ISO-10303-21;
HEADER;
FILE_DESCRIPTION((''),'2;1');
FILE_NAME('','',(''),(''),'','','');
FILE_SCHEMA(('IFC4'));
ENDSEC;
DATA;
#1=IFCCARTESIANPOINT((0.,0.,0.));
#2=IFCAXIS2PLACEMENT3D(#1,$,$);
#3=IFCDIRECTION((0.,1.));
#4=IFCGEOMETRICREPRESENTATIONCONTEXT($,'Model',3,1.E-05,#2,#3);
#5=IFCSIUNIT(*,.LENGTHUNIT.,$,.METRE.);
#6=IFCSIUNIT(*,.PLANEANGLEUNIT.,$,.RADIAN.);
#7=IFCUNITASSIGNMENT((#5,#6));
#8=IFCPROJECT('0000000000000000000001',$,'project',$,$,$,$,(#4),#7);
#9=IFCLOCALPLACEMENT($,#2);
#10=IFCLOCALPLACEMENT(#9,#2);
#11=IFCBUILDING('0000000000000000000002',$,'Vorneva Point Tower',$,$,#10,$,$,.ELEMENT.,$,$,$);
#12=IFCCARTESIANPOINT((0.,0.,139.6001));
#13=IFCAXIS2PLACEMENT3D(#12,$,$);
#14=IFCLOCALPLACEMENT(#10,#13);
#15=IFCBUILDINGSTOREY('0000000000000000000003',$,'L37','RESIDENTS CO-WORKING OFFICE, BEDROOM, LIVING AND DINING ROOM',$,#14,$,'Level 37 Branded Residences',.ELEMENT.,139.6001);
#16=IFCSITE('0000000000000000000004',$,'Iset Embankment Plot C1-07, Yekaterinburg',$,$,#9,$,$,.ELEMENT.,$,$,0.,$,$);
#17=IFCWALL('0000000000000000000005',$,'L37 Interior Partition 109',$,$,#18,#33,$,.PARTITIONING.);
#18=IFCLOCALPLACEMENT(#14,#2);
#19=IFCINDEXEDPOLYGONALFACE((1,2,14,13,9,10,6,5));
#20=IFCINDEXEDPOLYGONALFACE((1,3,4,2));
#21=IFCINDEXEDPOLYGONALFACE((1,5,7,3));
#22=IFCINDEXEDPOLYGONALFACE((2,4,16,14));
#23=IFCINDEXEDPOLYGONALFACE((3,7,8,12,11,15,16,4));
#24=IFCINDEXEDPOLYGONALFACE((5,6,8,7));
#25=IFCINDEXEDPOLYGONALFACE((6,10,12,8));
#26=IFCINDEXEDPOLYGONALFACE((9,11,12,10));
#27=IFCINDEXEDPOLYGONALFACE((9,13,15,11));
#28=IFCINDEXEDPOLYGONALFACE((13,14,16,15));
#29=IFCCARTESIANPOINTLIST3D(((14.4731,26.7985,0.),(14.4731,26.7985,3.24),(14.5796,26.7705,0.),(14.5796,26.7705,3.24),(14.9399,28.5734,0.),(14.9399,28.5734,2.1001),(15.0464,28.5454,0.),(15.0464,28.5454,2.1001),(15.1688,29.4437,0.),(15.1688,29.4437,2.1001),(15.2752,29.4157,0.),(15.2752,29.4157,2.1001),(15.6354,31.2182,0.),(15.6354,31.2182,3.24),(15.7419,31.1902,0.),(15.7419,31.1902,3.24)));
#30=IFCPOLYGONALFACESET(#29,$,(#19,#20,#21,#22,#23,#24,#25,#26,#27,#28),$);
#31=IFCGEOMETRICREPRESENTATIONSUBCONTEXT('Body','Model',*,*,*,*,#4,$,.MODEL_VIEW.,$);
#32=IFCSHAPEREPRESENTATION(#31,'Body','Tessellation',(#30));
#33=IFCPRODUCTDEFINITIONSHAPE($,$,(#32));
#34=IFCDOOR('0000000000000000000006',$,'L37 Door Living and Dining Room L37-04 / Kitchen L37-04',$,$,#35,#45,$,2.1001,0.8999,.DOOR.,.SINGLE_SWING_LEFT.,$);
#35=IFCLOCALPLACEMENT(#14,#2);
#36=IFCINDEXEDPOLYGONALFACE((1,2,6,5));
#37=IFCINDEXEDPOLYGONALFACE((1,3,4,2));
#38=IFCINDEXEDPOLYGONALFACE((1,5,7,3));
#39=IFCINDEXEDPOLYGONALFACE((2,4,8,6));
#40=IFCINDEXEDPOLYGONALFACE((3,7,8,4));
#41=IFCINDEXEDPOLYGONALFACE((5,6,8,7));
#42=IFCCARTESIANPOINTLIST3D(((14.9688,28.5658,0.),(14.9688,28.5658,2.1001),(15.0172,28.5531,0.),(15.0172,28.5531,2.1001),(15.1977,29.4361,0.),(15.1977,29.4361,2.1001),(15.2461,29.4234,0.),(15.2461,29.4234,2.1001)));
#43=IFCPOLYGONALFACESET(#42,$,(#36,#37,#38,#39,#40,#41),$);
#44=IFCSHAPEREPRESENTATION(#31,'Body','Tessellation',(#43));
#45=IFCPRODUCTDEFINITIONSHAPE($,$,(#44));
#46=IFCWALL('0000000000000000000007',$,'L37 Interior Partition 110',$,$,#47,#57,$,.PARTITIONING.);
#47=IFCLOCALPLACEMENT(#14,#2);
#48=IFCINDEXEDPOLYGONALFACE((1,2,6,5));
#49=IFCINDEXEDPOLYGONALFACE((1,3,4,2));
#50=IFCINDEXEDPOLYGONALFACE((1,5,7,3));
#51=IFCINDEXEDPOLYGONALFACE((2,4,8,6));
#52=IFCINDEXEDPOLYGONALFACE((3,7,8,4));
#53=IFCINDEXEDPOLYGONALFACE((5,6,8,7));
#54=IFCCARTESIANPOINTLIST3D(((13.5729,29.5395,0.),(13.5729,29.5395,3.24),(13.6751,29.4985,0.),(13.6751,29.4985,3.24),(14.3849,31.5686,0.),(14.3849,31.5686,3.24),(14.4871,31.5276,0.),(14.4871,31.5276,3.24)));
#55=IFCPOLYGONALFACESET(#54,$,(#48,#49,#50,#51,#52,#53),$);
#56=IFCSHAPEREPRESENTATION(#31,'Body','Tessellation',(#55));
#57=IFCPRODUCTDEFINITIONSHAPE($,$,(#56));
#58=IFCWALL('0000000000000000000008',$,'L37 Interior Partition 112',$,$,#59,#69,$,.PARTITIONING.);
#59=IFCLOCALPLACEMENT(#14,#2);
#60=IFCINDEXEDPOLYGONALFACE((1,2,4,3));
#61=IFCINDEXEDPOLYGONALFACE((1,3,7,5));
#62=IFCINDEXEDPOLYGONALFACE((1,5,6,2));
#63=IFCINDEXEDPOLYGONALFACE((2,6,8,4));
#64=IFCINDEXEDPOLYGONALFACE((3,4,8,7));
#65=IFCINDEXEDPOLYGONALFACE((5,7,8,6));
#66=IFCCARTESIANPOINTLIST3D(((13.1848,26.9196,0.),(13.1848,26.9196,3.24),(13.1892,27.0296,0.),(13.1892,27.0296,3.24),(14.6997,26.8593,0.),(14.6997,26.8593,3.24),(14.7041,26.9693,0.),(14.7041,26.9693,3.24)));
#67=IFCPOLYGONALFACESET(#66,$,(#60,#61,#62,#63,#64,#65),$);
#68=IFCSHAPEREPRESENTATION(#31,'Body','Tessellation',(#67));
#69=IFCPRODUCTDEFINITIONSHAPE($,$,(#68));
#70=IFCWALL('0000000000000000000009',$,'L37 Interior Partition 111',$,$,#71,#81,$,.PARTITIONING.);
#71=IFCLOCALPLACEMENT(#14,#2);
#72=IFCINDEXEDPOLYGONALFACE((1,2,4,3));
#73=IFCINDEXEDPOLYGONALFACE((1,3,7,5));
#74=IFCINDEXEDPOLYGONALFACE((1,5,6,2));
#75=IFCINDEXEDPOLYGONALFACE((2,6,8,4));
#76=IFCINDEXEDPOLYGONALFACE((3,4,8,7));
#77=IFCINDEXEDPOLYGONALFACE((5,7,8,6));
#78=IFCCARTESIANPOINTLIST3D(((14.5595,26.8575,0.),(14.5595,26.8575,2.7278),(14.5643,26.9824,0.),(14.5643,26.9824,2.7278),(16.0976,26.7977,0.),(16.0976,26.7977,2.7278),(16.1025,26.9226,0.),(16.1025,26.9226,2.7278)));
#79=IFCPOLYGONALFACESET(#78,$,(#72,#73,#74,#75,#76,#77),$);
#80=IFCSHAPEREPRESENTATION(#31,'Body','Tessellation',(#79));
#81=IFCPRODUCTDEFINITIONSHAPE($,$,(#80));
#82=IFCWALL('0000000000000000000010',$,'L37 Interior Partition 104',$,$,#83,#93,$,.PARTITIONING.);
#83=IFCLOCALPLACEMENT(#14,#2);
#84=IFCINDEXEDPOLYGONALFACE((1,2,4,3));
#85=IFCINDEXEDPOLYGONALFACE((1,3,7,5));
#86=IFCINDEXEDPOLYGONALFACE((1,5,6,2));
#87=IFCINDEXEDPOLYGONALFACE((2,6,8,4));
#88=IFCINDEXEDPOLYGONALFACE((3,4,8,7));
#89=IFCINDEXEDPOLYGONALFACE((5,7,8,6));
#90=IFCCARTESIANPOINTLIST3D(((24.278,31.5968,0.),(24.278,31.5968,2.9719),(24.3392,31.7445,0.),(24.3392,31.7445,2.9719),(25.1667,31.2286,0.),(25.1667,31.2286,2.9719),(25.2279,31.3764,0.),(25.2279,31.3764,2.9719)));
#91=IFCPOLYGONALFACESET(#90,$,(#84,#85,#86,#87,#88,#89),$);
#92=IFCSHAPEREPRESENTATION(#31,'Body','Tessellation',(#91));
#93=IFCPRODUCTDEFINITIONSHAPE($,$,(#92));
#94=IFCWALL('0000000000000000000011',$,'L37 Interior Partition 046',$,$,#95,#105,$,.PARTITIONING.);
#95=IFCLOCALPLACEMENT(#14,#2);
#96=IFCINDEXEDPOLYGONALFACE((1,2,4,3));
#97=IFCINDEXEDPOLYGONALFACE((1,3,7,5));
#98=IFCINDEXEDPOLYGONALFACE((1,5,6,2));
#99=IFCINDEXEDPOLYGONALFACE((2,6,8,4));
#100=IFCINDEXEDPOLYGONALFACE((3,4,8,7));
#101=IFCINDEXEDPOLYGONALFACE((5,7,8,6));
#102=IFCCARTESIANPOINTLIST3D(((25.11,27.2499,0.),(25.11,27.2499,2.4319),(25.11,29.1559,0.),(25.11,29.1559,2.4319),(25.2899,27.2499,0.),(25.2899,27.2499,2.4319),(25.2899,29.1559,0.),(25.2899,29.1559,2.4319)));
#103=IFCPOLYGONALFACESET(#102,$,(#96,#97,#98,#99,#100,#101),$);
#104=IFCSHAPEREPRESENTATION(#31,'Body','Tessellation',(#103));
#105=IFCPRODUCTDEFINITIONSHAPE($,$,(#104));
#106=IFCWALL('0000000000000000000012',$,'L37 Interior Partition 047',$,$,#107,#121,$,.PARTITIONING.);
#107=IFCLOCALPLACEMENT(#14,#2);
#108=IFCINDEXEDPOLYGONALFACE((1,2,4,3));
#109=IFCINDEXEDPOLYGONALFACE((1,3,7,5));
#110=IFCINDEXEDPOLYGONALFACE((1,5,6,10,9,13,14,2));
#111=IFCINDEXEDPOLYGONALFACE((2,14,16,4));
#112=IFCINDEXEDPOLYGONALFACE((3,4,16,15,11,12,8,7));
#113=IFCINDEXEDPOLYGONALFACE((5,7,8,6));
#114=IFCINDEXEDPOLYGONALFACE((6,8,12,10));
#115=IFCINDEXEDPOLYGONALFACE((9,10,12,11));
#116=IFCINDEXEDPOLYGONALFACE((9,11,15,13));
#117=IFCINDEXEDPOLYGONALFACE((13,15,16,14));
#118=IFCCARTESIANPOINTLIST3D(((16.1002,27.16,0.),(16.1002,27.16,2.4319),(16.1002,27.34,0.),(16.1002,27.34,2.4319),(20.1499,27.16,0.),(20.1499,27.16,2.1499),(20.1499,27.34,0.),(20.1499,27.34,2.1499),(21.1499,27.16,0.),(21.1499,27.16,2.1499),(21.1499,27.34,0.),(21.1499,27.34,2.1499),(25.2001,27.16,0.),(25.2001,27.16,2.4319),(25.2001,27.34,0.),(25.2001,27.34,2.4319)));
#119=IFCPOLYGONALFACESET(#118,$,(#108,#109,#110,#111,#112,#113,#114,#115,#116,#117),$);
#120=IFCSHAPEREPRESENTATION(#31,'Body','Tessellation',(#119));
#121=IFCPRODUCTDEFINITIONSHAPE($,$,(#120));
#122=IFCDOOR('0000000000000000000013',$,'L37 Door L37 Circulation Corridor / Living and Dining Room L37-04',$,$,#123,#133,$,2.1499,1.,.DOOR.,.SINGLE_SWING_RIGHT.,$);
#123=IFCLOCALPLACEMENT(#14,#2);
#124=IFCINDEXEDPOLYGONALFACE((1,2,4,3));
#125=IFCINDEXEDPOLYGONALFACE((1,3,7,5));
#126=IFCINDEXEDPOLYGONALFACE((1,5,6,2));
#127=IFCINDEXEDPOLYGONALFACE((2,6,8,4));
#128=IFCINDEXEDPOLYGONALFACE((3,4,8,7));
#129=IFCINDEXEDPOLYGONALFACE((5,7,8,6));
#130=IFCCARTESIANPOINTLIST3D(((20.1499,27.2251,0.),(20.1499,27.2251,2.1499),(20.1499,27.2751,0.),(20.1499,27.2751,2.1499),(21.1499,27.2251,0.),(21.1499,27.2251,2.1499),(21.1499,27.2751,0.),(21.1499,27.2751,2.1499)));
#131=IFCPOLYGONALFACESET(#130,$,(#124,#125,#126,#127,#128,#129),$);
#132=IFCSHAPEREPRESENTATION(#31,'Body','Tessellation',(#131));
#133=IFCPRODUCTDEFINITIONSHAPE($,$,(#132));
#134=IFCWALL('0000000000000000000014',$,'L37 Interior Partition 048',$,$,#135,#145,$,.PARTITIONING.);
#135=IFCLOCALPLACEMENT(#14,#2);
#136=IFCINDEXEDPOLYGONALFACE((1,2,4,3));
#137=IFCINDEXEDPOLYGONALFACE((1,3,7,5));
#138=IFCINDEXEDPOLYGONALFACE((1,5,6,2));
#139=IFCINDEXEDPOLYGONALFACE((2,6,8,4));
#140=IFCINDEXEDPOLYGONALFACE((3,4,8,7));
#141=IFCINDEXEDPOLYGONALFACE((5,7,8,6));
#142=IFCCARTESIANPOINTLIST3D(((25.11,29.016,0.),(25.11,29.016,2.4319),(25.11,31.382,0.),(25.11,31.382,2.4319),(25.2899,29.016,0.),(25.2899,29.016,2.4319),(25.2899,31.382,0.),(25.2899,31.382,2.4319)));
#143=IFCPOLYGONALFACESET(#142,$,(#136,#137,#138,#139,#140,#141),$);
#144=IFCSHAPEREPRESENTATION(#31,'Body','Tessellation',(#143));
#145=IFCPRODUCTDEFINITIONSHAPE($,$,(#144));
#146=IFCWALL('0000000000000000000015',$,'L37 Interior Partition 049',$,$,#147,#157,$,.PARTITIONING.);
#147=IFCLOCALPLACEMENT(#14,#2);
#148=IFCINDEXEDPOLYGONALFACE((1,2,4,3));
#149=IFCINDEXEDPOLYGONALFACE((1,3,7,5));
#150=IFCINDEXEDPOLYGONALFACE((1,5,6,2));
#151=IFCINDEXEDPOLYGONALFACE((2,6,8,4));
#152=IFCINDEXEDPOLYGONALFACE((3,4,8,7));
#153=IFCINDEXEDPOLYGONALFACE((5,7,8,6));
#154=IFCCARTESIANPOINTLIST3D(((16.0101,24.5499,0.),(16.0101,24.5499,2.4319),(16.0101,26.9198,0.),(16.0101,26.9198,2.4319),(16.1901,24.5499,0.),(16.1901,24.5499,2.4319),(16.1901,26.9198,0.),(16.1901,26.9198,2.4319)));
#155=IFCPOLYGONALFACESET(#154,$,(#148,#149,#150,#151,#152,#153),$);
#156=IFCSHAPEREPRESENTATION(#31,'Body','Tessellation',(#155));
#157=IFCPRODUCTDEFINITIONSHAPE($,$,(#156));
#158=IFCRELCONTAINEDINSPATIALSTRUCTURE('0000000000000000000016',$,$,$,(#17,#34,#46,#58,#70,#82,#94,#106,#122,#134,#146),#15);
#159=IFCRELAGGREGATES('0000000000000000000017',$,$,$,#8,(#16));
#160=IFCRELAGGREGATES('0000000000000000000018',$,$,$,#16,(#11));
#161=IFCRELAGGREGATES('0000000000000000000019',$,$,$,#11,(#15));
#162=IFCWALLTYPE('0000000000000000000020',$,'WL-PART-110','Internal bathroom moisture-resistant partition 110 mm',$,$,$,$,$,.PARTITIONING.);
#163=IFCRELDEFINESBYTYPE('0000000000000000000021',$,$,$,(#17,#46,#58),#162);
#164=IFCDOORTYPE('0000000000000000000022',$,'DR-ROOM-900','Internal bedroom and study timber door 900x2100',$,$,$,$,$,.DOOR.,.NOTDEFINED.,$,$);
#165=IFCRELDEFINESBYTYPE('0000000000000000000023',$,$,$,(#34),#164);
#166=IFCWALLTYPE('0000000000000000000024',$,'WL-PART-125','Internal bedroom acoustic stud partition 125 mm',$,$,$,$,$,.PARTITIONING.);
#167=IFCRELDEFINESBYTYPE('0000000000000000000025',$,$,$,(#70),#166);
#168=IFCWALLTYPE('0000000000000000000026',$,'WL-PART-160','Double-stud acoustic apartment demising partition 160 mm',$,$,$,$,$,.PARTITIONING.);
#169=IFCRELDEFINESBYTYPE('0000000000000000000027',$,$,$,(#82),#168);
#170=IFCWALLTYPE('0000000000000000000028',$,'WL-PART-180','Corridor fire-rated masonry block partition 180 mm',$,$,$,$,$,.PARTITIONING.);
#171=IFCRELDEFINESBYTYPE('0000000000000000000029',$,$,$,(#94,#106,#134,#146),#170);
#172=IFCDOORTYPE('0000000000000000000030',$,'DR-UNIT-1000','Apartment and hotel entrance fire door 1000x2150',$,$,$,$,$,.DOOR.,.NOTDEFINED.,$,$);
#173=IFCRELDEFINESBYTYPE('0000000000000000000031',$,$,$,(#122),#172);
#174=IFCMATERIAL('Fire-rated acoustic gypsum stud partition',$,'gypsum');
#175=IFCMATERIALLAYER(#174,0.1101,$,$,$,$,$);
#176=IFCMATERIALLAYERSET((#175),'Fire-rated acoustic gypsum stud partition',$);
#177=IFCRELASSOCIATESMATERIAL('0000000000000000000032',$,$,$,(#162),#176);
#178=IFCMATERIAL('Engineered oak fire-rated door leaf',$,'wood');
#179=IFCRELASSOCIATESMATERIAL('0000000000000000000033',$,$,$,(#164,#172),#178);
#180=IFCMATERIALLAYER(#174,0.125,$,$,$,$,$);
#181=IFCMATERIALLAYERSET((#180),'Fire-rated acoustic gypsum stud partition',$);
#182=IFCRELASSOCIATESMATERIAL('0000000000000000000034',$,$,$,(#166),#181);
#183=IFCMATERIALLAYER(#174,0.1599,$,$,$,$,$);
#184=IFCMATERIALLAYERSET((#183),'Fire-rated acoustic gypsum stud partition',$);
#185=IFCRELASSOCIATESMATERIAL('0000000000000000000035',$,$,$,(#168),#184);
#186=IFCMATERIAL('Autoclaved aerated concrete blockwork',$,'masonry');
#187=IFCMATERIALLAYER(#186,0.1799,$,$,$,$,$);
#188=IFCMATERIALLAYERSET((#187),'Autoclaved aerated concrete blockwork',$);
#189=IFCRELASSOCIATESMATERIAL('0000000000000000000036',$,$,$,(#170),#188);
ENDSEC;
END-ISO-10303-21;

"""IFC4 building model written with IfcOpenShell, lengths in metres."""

from ifc_helpers import new_model, si_unit, direction, frame, frame_2d, origin, place, context, subcontext, project, spatial, rectangle, extrude, material, layer, layer_set, type_object, element, fill, save


model = new_model("IFC4")

# Units and contexts
model_context = context("Model", 3, precision=1e-05, world=origin(), true_north=direction((0.0, 1.0)))
body_context = subcontext(model_context, "Body", "Model", "MODEL_VIEW")
ifc_project = project(units=[si_unit("LENGTHUNIT", "METRE"), si_unit("PLANEANGLEUNIT", "RADIAN")], contexts=[model_context])

# Site, building, storey
site_placement = place(None, origin())
site = spatial("IfcSite", under=ifc_project, at=site_placement, Name="Iset Embankment Plot C1-07, Yekaterinburg", CompositionType="ELEMENT", RefElevation=0.0)
building_placement = place(site_placement, origin())
building = spatial("IfcBuilding", under=site, at=building_placement, Name="Vorneva Point Tower", CompositionType="ELEMENT")
storey_placement = place(building_placement, frame((0.0, 0.0, 139.6001)))
storey = spatial("IfcBuildingStorey", under=building, at=storey_placement, Name="L37", Description="RESIDENTS CO-WORKING OFFICE, BEDROOM, LIVING AND DINING ROOM", LongName="Level 37 Branded Residences", CompositionType="ELEMENT", Elevation=139.6001)

# Shared definitions
ifc_material_1 = material(Name="Fire-rated acoustic gypsum stud partition", Category="gypsum")
ifc_layer_1 = layer(ifc_material_1, 0.1101)
ifc_layer_set_1 = layer_set([ifc_layer_1], Name="Fire-rated acoustic gypsum stud partition")
wall_type_1 = type_object("IfcWallType", Name="WL-PART-110", Description="Internal bathroom moisture-resistant partition 110 mm", PredefinedType="PARTITIONING", material=ifc_layer_set_1)
ifc_material_2 = material(Name="Engineered oak fire-rated door leaf", Category="wood")

# Wall, opening, door
wall_1_placement = place(storey_placement, frame((15.6887, 31.2043, 0.0), z_axis=(0.0, 0.0, 1.0), x_axis=(-0.254346, -0.967113, 0.0)))
wall_1 = element("IfcWall", 1, at=wall_1_placement, inside=storey, type_object=wall_type_1, Name="L37 Interior Partition 109", PredefinedType="PARTITIONING", context=body_context, shape_type="SweptSolid", body=[
    extrude(rectangle(XDim=4.5701, YDim=0.1101, at=frame_2d((2.2852, 0.0))), origin(), (0.0, 0.0, 1.0), 3.24),
])
opening_1_placement = place(wall_1_placement, frame((1.835, 0.0, 0.0)))
opening_1 = element("IfcOpeningElement", 2, at=opening_1_placement, cuts=wall_1, PredefinedType="OPENING", context=body_context, shape_type="SweptSolid", body=[
    extrude(rectangle(XDim=0.8999, YDim=2.1001, at=frame_2d((0.45, 1.05))), frame((0.0, 0.0698, 0.0), z_axis=(0.0, -1.0, 0.0), x_axis=(1.0, 0.0, 0.0)), (0.0, 0.0, 1.0), 0.1399),
])
door_type_1 = type_object("IfcDoorType", Name="DR-ROOM-900", Description="Internal bedroom and study timber door 900x2100", OperationType="NOTDEFINED", PredefinedType="DOOR", material=ifc_material_2)
door_1_placement = place(opening_1_placement, origin())
door_1 = element("IfcDoor", 3, at=door_1_placement, inside=storey, type_object=door_type_1, Name="L37 Door Living and Dining Room L37-04 / Kitchen L37-04", OperationType="SINGLE_SWING_LEFT", OverallHeight=2.1001, OverallWidth=0.8999, PredefinedType="DOOR", context=body_context, shape_type="SweptSolid", body=[
    extrude(rectangle(XDim=0.8999, YDim=2.1001, at=frame_2d((0.45, 1.05))), frame((0.0, 0.0249, 0.0), z_axis=(0.0, -1.0, 0.0), x_axis=(1.0, 0.0, 0.0)), (0.0, 0.0, 1.0), 0.05),
])
fill(opening_1, door_1)

# Walls
wall_2_placement = place(storey_placement, frame((14.436, 31.5481, 0.0), z_axis=(0.0, 0.0, 1.0), x_axis=(-0.371545, -0.928415, 0.0)))
element("IfcWall", 4, at=wall_2_placement, inside=storey, type_object=wall_type_1, Name="L37 Interior Partition 110", PredefinedType="PARTITIONING", context=body_context, shape_type="SweptSolid", body=[
    extrude(rectangle(XDim=2.1855, YDim=0.1101, at=frame_2d((1.0928, 0.0))), origin(), (0.0, 0.0, 1.0), 3.24),
])
wall_3_placement = place(storey_placement, frame((13.187, 26.9746, 0.0), z_axis=(0.0, 0.0, 1.0), x_axis=(0.999209, -0.039775, 0.0)))
element("IfcWall", 5, at=wall_3_placement, inside=storey, type_object=wall_type_1, Name="L37 Interior Partition 112", PredefinedType="PARTITIONING", context=body_context, shape_type="SweptSolid", body=[
    extrude(rectangle(XDim=1.5161, YDim=0.1101, at=frame_2d((0.7581, 0.0))), origin(), (0.0, 0.0, 1.0), 3.24),
])
ifc_layer_2 = layer(ifc_material_1, 0.125)
ifc_layer_set_2 = layer_set([ifc_layer_2], Name="Fire-rated acoustic gypsum stud partition")
wall_type_2 = type_object("IfcWallType", Name="WL-PART-125", Description="Internal bedroom acoustic stud partition 125 mm", PredefinedType="PARTITIONING", material=ifc_layer_set_2)
wall_4_placement = place(storey_placement, frame((14.562, 26.9199, 0.0), z_axis=(0.0, 0.0, 1.0), x_axis=(0.999245, -0.03886, 0.0)))
element("IfcWall", 6, at=wall_4_placement, inside=storey, type_object=wall_type_2, Name="L37 Interior Partition 111", PredefinedType="PARTITIONING", context=body_context, shape_type="SweptSolid", body=[
    extrude(rectangle(XDim=1.5393, YDim=0.125, at=frame_2d((0.7695, 0.0))), origin(), (0.0, 0.0, 1.0), 2.7278),
])
ifc_layer_3 = layer(ifc_material_1, 0.1599)
ifc_layer_set_3 = layer_set([ifc_layer_3], Name="Fire-rated acoustic gypsum stud partition")
wall_type_3 = type_object("IfcWallType", Name="WL-PART-160", Description="Double-stud acoustic apartment demising partition 160 mm", PredefinedType="PARTITIONING", material=ifc_layer_set_3)
wall_5_placement = place(storey_placement, frame((24.3086, 31.6707, 0.0), z_axis=(0.0, 0.0, 1.0), x_axis=(0.923856, -0.38274, 0.0)))
element("IfcWall", 7, at=wall_5_placement, inside=storey, type_object=wall_type_3, Name="L37 Interior Partition 104", PredefinedType="PARTITIONING", context=body_context, shape_type="SweptSolid", body=[
    extrude(rectangle(XDim=0.9619, YDim=0.1599, at=frame_2d((0.481, 0.0))), origin(), (0.0, 0.0, 1.0), 2.9719),
])
ifc_material_3 = material(Name="Autoclaved aerated concrete blockwork", Category="masonry")
ifc_layer_4 = layer(ifc_material_3, 0.1799)
ifc_layer_set_4 = layer_set([ifc_layer_4], Name="Autoclaved aerated concrete blockwork")
wall_type_4 = type_object("IfcWallType", Name="WL-PART-180", Description="Corridor fire-rated masonry block partition 180 mm", PredefinedType="PARTITIONING", material=ifc_layer_set_4)
wall_6_placement = place(storey_placement, frame((25.2, 29.156, 0.0), z_axis=(0.0, 0.0, 1.0), x_axis=(0.0, -1.0, 0.0)))
element("IfcWall", 8, at=wall_6_placement, inside=storey, type_object=wall_type_4, Name="L37 Interior Partition 046", PredefinedType="PARTITIONING", context=body_context, shape_type="SweptSolid", body=[
    extrude(rectangle(XDim=1.906, YDim=0.1799, at=frame_2d((0.9531, 0.0))), origin(), (0.0, 0.0, 1.0), 2.4319),
])

# Wall, opening, door
wall_7_placement = place(storey_placement, frame((25.2, 27.25, 0.0), z_axis=(0.0, 0.0, 1.0), x_axis=(-1.0, 0.0, 0.0)))
wall_7 = element("IfcWall", 9, at=wall_7_placement, inside=storey, type_object=wall_type_4, Name="L37 Interior Partition 047", PredefinedType="PARTITIONING", context=body_context, shape_type="SweptSolid", body=[
    extrude(rectangle(XDim=9.0999, YDim=0.1799, at=frame_2d((4.5498, 0.0))), origin(), (0.0, 0.0, 1.0), 2.4319),
])
opening_2_placement = place(wall_7_placement, frame((4.05, 0.0, 0.0)))
opening_2 = element("IfcOpeningElement", 10, at=opening_2_placement, cuts=wall_7, PredefinedType="OPENING", context=body_context, shape_type="SweptSolid", body=[
    extrude(rectangle(XDim=1.0, YDim=2.1499, at=frame_2d((0.5, 1.075))), frame((0.0, 0.105, 0.0), z_axis=(0.0, -1.0, 0.0), x_axis=(1.0, 0.0, 0.0)), (0.0, 0.0, 1.0), 0.2097),
])
door_type_2 = type_object("IfcDoorType", Name="DR-UNIT-1000", Description="Apartment and hotel entrance fire door 1000x2150", OperationType="NOTDEFINED", PredefinedType="DOOR", material=ifc_material_2)
door_2_placement = place(opening_2_placement, origin())
door_2 = element("IfcDoor", 11, at=door_2_placement, inside=storey, type_object=door_type_2, Name="L37 Door L37 Circulation Corridor / Living and Dining Room L37-04", OperationType="SINGLE_SWING_RIGHT", OverallHeight=2.1499, OverallWidth=1.0, PredefinedType="DOOR", context=body_context, shape_type="SweptSolid", body=[
    extrude(rectangle(XDim=1.0, YDim=2.1499, at=frame_2d((0.5, 1.075))), frame((0.0, 0.0249, 0.0), z_axis=(0.0, -1.0, 0.0), x_axis=(1.0, 0.0, 0.0)), (0.0, 0.0, 1.0), 0.05),
])
fill(opening_2, door_2)

# Walls
wall_8_placement = place(storey_placement, frame((25.2, 31.3821, 0.0), z_axis=(0.0, 0.0, 1.0), x_axis=(0.0, -1.0, 0.0)))
element("IfcWall", 12, at=wall_8_placement, inside=storey, type_object=wall_type_4, Name="L37 Interior Partition 048", PredefinedType="PARTITIONING", context=body_context, shape_type="SweptSolid", body=[
    extrude(rectangle(XDim=2.366, YDim=0.1799, at=frame_2d((1.1831, 0.0))), origin(), (0.0, 0.0, 1.0), 2.4319),
])
wall_9_placement = place(storey_placement, frame((16.1001, 26.9199, 0.0), z_axis=(0.0, 0.0, 1.0), x_axis=(0.0, -1.0, 0.0)))
element("IfcWall", 13, at=wall_9_placement, inside=storey, type_object=wall_type_4, Name="L37 Interior Partition 049", PredefinedType="PARTITIONING", context=body_context, shape_type="SweptSolid", body=[
    extrude(rectangle(XDim=2.3699, YDim=0.1799, at=frame_2d((1.1851, 0.0))), origin(), (0.0, 0.0, 1.0), 2.4319),
])

save(model, "model.ifc")
